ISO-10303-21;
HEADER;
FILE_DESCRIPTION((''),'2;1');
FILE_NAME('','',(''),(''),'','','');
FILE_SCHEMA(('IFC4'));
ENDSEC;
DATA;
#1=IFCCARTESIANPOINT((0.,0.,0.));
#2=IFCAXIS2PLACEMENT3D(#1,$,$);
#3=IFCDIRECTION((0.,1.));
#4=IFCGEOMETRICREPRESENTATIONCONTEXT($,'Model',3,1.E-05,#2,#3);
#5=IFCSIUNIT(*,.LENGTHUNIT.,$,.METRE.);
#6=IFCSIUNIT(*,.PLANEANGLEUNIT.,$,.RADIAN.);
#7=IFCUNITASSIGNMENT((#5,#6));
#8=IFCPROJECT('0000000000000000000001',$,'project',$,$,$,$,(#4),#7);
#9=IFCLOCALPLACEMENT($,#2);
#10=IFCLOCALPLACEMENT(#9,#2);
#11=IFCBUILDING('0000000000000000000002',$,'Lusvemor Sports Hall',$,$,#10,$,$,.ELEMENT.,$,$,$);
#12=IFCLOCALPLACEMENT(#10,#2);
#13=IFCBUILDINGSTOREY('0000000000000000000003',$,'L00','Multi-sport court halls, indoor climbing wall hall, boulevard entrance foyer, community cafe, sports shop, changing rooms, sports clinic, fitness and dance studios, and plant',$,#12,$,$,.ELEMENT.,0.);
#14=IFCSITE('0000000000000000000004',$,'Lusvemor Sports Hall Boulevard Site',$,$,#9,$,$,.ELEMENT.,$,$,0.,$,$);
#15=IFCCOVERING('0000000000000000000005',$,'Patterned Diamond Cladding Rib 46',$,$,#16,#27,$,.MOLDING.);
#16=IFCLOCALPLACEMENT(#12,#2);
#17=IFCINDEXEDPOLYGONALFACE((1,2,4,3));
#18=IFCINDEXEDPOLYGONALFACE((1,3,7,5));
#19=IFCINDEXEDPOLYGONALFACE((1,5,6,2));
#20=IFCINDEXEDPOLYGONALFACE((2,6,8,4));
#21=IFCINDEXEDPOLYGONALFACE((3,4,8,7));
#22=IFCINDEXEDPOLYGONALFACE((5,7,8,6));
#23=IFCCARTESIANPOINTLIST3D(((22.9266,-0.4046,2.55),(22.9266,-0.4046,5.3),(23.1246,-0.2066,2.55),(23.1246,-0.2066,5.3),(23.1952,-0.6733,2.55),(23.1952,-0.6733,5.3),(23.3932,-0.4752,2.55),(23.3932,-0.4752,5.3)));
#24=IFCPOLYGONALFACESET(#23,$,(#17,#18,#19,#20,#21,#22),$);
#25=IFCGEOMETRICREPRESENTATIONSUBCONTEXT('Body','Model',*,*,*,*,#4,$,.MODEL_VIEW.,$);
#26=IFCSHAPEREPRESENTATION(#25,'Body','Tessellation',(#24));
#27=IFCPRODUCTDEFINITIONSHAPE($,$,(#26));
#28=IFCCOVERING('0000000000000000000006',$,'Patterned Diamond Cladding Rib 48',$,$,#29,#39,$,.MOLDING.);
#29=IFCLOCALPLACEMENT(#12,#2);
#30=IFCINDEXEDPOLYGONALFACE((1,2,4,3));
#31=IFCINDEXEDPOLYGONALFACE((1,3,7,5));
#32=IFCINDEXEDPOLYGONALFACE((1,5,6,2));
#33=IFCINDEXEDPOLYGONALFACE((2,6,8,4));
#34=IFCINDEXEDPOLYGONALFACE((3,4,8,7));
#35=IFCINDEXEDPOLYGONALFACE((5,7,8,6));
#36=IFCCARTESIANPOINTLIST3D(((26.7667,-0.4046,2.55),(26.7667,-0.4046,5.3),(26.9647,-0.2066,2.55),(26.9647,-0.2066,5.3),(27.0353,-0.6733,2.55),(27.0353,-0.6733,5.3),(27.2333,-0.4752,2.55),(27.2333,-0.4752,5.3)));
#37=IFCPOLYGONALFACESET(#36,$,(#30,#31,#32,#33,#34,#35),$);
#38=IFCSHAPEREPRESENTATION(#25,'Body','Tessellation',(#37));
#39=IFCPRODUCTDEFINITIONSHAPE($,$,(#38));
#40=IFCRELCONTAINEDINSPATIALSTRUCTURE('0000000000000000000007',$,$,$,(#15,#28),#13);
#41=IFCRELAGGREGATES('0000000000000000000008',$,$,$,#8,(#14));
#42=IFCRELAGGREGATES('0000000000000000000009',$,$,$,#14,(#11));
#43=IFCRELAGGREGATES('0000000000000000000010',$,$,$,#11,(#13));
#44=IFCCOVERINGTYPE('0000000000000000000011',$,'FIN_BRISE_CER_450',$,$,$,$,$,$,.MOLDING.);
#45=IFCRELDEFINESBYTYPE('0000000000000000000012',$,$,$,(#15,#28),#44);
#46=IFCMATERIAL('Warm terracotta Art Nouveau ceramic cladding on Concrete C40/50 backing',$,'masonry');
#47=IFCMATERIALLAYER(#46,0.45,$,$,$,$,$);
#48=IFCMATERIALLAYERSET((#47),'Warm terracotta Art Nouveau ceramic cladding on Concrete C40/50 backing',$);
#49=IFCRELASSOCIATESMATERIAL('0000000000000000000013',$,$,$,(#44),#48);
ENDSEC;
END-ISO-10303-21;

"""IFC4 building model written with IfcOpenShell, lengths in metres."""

from ifc_helpers import new_model, si_unit, direction, frame, origin, origin_2d, place, context, subcontext, project, spatial, rectangle, extrude, material, layer, layer_set, type_object, element, save


model = new_model("IFC4")

# Units and contexts
model_context = context("Model", 3, precision=1e-05, world=origin(), true_north=direction((0.0, 1.0)))
body_context = subcontext(model_context, "Body", "Model", "MODEL_VIEW")
ifc_project = project(units=[si_unit("LENGTHUNIT", "METRE"), si_unit("PLANEANGLEUNIT", "RADIAN")], contexts=[model_context])

# Site, building, storey
site_placement = place(None, origin())
site = spatial("IfcSite", under=ifc_project, at=site_placement, Name="Lusvemor Sports Hall Boulevard Site", CompositionType="ELEMENT", RefElevation=0.0)
building_placement = place(site_placement, origin())
building = spatial("IfcBuilding", under=site, at=building_placement, Name="Lusvemor Sports Hall", CompositionType="ELEMENT")
storey_placement = place(building_placement, origin())
storey = spatial("IfcBuildingStorey", under=building, at=storey_placement, Name="L00", Description="Multi-sport court halls, indoor climbing wall hall, boulevard entrance foyer, community cafe, sports shop, changing rooms, sports clinic, fitness and dance studios, and plant", CompositionType="ELEMENT", Elevation=0.0)

# Coverings
ifc_material_1 = material(Name="Warm terracotta Art Nouveau ceramic cladding on Concrete C40/50 backing", Category="masonry")
ifc_layer_1 = layer(ifc_material_1, 0.45)
ifc_layer_set_1 = layer_set([ifc_layer_1], Name="Warm terracotta Art Nouveau ceramic cladding on Concrete C40/50 backing")
covering_type_1 = type_object("IfcCoveringType", Name="FIN_BRISE_CER_450", PredefinedType="MOLDING", material=ifc_layer_set_1)
for number, where, z_axis, x_axis, name in (
    (1, (23.1599, -0.4399, 2.55), (0.0, 0.0, 1.0), (0.707107, 0.707107, 0.0), "Patterned Diamond Cladding Rib 46"),
    (2, (27.0, -0.4399, 2.55), (0.0, 0.0, 1.0), (0.707107, 0.707107, 0.0), "Patterned Diamond Cladding Rib 48"),
):
    element("IfcCovering", number, at=place(storey_placement, frame(where, z_axis=z_axis, x_axis=x_axis)), inside=storey, type_object=covering_type_1, Name=name, PredefinedType="MOLDING", context=body_context, shape_type="SweptSolid", body=[
        extrude(rectangle(XDim=0.28, YDim=0.3799, at=origin_2d()), origin(), (0.0, 0.0, 1.0), 2.75),
    ])

save(model, "model.ifc")
